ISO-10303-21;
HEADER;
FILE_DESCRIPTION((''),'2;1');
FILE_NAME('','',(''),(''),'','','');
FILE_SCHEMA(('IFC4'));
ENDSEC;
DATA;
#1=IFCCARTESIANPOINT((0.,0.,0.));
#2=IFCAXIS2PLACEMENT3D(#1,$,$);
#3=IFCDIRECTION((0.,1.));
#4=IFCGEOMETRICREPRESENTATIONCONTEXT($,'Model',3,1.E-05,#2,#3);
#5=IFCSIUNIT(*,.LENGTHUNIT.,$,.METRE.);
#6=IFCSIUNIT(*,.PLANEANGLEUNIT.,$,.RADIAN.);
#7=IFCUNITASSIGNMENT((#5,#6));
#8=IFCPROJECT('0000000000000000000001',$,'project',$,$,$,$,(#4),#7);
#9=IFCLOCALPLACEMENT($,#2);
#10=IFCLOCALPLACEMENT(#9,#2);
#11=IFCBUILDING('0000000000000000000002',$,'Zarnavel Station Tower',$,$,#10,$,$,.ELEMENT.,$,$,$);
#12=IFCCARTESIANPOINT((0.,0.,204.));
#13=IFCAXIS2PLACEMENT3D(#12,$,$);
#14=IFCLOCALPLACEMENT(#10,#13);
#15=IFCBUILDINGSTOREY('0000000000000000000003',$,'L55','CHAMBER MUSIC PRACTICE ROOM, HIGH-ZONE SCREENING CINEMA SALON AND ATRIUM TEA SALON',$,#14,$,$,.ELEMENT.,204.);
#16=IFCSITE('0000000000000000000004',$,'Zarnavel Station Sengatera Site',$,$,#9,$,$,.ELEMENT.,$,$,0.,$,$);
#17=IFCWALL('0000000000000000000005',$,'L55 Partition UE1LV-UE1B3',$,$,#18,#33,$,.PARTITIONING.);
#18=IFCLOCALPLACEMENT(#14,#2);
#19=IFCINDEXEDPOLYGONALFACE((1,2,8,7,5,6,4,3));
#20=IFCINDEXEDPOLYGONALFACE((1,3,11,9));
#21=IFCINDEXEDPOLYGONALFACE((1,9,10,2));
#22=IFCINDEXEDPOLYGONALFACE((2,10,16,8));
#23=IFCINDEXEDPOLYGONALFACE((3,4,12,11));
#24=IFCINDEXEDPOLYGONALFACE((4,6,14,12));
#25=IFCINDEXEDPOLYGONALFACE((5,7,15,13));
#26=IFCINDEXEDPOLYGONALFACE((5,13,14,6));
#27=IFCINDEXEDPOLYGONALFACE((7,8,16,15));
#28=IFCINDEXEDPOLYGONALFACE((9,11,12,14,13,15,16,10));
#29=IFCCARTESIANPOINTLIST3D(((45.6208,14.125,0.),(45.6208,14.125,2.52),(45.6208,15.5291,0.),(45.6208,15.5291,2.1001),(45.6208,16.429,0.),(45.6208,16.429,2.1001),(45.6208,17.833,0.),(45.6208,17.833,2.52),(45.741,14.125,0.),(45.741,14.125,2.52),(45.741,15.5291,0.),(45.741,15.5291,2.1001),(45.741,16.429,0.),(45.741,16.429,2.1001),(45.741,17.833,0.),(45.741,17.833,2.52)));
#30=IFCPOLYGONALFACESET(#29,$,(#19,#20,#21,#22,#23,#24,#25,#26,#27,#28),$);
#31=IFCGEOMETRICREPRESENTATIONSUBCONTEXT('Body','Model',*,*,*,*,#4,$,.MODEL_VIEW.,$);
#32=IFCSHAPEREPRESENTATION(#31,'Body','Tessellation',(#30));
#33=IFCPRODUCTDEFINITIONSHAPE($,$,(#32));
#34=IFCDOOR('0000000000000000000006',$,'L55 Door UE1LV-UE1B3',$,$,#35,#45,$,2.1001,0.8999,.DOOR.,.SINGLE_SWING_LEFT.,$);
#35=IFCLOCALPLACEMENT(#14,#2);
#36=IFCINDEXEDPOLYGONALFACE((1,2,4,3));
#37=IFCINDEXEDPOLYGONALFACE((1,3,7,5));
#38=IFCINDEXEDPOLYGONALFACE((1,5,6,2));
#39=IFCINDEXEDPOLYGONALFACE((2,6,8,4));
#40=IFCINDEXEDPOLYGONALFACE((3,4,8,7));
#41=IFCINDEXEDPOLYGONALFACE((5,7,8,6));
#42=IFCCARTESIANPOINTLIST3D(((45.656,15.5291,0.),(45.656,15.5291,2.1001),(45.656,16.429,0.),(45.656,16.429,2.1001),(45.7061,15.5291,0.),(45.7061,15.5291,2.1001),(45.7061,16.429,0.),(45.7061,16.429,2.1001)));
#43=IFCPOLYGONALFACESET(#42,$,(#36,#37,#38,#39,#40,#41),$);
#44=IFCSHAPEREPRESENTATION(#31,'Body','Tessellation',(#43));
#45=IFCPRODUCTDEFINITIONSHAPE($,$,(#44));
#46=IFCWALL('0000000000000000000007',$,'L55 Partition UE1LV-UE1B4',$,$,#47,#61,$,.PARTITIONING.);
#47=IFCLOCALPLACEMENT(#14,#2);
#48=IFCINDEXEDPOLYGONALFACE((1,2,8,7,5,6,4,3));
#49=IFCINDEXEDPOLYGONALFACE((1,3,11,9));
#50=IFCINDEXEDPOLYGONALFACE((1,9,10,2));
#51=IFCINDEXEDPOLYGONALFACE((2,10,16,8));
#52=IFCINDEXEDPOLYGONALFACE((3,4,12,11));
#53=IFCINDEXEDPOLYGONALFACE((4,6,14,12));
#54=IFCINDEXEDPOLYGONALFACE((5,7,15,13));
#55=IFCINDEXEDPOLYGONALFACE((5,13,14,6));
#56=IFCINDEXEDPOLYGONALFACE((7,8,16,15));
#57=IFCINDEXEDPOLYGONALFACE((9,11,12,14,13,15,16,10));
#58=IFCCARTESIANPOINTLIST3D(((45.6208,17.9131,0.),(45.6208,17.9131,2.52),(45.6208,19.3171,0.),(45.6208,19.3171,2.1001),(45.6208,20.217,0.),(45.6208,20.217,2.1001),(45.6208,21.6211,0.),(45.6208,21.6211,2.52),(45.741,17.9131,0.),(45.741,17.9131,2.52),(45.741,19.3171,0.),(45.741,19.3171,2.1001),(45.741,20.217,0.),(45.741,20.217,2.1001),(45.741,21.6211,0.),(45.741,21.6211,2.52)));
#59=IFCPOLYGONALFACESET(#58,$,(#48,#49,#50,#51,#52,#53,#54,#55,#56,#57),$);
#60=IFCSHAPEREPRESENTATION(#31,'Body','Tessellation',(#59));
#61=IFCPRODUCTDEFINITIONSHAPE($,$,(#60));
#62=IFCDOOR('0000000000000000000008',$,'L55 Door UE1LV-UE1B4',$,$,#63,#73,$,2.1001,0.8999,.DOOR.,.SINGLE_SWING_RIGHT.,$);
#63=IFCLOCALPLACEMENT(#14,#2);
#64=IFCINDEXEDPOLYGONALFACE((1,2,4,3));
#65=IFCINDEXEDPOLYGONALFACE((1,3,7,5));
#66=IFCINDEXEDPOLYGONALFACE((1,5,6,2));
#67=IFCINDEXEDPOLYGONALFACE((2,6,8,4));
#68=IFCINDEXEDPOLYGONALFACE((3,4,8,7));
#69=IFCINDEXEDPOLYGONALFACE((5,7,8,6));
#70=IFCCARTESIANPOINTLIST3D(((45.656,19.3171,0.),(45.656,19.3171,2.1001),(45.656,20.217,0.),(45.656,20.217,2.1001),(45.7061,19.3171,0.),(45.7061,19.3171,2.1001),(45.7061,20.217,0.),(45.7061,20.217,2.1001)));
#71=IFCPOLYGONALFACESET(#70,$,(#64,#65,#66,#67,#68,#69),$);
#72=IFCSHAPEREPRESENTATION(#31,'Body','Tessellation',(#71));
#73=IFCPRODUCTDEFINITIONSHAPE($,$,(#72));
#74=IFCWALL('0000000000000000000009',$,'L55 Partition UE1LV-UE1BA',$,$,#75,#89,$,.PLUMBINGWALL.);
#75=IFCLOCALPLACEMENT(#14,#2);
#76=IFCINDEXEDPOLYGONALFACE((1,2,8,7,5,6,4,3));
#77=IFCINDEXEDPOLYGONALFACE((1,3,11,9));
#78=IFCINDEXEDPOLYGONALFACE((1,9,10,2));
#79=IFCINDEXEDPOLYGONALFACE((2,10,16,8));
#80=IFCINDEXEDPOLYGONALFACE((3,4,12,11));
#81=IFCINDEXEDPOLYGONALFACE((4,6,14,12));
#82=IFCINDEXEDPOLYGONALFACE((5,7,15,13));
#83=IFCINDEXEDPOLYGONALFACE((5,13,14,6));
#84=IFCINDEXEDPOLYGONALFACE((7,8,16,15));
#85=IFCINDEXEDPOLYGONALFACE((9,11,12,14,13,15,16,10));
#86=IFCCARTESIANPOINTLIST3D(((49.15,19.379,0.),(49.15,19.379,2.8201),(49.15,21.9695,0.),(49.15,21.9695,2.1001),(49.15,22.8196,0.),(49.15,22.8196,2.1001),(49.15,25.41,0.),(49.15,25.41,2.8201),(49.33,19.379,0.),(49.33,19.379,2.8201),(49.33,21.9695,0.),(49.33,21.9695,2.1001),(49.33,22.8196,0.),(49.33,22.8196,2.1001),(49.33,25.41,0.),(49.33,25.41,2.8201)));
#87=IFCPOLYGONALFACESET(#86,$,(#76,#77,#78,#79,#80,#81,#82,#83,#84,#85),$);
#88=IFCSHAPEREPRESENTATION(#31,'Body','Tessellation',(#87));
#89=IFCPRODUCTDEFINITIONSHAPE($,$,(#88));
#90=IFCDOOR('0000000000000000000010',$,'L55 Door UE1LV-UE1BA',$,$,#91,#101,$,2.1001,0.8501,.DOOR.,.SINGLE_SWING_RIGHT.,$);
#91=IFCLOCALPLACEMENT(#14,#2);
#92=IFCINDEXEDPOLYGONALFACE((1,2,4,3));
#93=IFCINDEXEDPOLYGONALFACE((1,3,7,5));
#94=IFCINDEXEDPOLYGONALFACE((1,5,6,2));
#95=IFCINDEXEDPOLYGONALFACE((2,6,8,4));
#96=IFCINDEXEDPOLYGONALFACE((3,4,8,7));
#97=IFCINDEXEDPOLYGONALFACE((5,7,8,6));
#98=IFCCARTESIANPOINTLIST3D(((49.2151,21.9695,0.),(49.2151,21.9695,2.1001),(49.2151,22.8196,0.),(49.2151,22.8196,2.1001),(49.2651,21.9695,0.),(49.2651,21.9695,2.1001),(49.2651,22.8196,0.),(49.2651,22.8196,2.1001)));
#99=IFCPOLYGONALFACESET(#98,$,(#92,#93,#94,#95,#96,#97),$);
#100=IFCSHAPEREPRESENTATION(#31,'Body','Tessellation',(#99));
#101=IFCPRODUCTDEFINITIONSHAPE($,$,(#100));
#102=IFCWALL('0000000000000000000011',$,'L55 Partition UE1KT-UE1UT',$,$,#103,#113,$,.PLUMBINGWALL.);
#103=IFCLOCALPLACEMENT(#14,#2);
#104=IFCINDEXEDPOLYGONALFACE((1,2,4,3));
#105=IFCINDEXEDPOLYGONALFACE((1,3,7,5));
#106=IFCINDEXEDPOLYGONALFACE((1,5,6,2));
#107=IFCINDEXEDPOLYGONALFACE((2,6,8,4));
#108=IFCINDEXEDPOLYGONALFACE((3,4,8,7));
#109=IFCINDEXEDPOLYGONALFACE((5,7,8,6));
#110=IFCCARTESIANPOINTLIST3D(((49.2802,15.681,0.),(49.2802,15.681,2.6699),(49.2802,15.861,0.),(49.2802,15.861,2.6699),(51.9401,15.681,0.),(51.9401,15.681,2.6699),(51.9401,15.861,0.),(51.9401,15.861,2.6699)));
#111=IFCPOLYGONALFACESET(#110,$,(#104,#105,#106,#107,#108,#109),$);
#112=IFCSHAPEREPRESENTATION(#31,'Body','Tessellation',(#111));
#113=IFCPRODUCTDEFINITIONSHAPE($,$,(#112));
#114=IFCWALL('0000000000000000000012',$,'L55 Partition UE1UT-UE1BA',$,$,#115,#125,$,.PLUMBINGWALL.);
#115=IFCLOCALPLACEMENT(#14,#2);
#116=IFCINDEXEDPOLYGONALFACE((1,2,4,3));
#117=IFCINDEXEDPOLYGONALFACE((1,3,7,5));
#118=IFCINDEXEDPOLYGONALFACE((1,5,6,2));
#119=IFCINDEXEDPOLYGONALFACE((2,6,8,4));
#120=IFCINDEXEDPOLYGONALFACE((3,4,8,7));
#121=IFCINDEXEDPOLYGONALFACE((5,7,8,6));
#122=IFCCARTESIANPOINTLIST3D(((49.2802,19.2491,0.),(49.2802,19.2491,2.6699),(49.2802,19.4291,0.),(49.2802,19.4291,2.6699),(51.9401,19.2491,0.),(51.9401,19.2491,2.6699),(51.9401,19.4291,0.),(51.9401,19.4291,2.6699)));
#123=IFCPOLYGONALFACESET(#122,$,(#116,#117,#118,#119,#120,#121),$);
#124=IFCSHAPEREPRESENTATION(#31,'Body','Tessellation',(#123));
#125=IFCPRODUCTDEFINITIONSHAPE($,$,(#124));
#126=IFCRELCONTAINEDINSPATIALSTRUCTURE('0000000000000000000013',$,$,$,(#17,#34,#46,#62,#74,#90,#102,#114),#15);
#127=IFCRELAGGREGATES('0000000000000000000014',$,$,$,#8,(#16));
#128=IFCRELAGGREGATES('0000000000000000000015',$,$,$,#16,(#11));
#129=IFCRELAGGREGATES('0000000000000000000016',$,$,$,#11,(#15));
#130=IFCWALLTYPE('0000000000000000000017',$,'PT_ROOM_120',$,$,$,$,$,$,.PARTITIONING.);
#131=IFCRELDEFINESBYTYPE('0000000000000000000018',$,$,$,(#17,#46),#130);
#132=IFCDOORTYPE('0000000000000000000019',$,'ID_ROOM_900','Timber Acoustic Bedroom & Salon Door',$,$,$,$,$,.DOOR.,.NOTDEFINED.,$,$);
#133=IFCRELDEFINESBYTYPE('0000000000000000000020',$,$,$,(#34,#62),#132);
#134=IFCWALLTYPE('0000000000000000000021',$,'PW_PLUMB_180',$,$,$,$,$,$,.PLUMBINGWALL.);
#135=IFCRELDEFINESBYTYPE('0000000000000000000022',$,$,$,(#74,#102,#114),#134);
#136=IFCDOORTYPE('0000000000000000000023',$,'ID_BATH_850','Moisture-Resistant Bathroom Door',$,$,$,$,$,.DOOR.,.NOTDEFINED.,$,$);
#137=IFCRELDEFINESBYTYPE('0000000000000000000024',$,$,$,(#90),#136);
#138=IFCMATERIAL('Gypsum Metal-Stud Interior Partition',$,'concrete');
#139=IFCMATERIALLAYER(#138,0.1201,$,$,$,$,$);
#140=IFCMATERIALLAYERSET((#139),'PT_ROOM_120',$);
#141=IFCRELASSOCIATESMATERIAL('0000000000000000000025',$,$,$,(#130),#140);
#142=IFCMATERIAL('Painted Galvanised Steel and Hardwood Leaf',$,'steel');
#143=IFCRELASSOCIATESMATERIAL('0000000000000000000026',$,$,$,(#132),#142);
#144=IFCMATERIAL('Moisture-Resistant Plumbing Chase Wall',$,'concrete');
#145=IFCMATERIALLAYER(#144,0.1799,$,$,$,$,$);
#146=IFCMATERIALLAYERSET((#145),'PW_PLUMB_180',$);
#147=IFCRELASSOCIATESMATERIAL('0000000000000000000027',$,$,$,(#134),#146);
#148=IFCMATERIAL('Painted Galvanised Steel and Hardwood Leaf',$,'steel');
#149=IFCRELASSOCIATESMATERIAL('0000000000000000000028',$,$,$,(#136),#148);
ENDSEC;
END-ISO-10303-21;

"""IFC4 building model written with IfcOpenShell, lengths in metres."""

from ifc_helpers import new_model, si_unit, direction, frame, frame_2d, origin, place, context, subcontext, project, spatial, rectangle, extrude, material, layer, layer_set, type_object, element, fill, save


model = new_model("IFC4")

# Units and contexts
model_context = context("Model", 3, precision=1e-05, world=origin(), true_north=direction((0.0, 1.0)))
body_context = subcontext(model_context, "Body", "Model", "MODEL_VIEW")
ifc_project = project(units=[si_unit("LENGTHUNIT", "METRE"), si_unit("PLANEANGLEUNIT", "RADIAN")], contexts=[model_context])

# Site, building, storey
site_placement = place(None, origin())
site = spatial("IfcSite", under=ifc_project, at=site_placement, Name="Zarnavel Station Sengatera Site", CompositionType="ELEMENT", RefElevation=0.0)
building_placement = place(site_placement, origin())
building = spatial("IfcBuilding", under=site, at=building_placement, Name="Zarnavel Station Tower", CompositionType="ELEMENT")
storey_placement = place(building_placement, frame((0.0, 0.0, 204.0)))
storey = spatial("IfcBuildingStorey", under=building, at=storey_placement, Name="L55", Description="CHAMBER MUSIC PRACTICE ROOM, HIGH-ZONE SCREENING CINEMA SALON AND ATRIUM TEA SALON", CompositionType="ELEMENT", Elevation=204.0)

# Walls, openings, doors
ifc_material_1 = material(Name="Gypsum Metal-Stud Interior Partition", Category="concrete")
ifc_layer_1 = layer(ifc_material_1, 0.1201)
ifc_layer_set_1 = layer_set([ifc_layer_1], Name="PT_ROOM_120")
wall_type_1 = type_object("IfcWallType", Name="PT_ROOM_120", PredefinedType="PARTITIONING", material=ifc_layer_set_1)
ifc_material_2 = material(Name="Painted Galvanised Steel and Hardwood Leaf", Category="steel")
door_type_1 = type_object("IfcDoorType", Name="ID_ROOM_900", Description="Timber Acoustic Bedroom & Salon Door", OperationType="NOTDEFINED", PredefinedType="DOOR", material=ifc_material_2)
wall_1_placement = place(storey_placement, frame((45.6809, 14.125, 0.0), z_axis=(0.0, 0.0, 1.0), x_axis=(0.0, 1.0, 0.0)))
wall_1 = element("IfcWall", 1, at=wall_1_placement, inside=storey, type_object=wall_type_1, Name="L55 Partition UE1LV-UE1B3", PredefinedType="PARTITIONING", context=body_context, shape_type="SweptSolid", body=[
    extrude(rectangle(XDim=3.708, YDim=0.1201, at=frame_2d((1.854, 0.0))), origin(), (0.0, 0.0, 1.0), 2.52),
])
opening_1_placement = place(wall_1_placement, frame((1.4041, 0.0, 0.0)))
opening_1 = element("IfcOpeningElement", 2, at=opening_1_placement, cuts=wall_1, PredefinedType="OPENING", context=body_context, shape_type="SweptSolid", body=[
    extrude(rectangle(XDim=0.8999, YDim=2.1001, at=frame_2d((0.45, 1.05))), frame((0.0, 0.0701, 0.0), z_axis=(0.0, -1.0, 0.0), x_axis=(1.0, 0.0, 0.0)), (0.0, 0.0, 1.0), 0.1401),
])
door_1_placement = place(opening_1_placement, origin())
door_1 = element("IfcDoor", 3, at=door_1_placement, inside=storey, type_object=door_type_1, Name="L55 Door UE1LV-UE1B3", OperationType="SINGLE_SWING_LEFT", OverallHeight=2.1001, OverallWidth=0.8999, PredefinedType="DOOR", context=body_context, shape_type="SweptSolid", body=[
    extrude(rectangle(XDim=0.8999, YDim=2.1001, at=frame_2d((0.45, 1.05))), frame((0.0, 0.0249, 0.0), z_axis=(0.0, -1.0, 0.0), x_axis=(1.0, 0.0, 0.0)), (0.0, 0.0, 1.0), 0.05),
])
fill(opening_1, door_1)
wall_2_placement = place(storey_placement, frame((45.6809, 17.9131, 0.0), z_axis=(0.0, 0.0, 1.0), x_axis=(0.0, 1.0, 0.0)))
wall_2 = element("IfcWall", 4, at=wall_2_placement, inside=storey, type_object=wall_type_1, Name="L55 Partition UE1LV-UE1B4", PredefinedType="PARTITIONING", context=body_context, shape_type="SweptSolid", body=[
    extrude(rectangle(XDim=3.708, YDim=0.1201, at=frame_2d((1.854, 0.0))), origin(), (0.0, 0.0, 1.0), 2.52),
])
opening_2_placement = place(wall_2_placement, frame((1.4041, 0.0, 0.0)))
opening_2 = element("IfcOpeningElement", 5, at=opening_2_placement, cuts=wall_2, PredefinedType="OPENING", context=body_context, shape_type="SweptSolid", body=[
    extrude(rectangle(XDim=0.8999, YDim=2.1001, at=frame_2d((0.45, 1.05))), frame((0.0, 0.0701, 0.0), z_axis=(0.0, -1.0, 0.0), x_axis=(1.0, 0.0, 0.0)), (0.0, 0.0, 1.0), 0.1401),
])
door_2_placement = place(opening_2_placement, origin())
door_2 = element("IfcDoor", 6, at=door_2_placement, inside=storey, type_object=door_type_1, Name="L55 Door UE1LV-UE1B4", OperationType="SINGLE_SWING_RIGHT", OverallHeight=2.1001, OverallWidth=0.8999, PredefinedType="DOOR", context=body_context, shape_type="SweptSolid", body=[
    extrude(rectangle(XDim=0.8999, YDim=2.1001, at=frame_2d((0.45, 1.05))), frame((0.0, 0.0249, 0.0), z_axis=(0.0, -1.0, 0.0), x_axis=(1.0, 0.0, 0.0)), (0.0, 0.0, 1.0), 0.05),
])
fill(opening_2, door_2)
ifc_material_3 = material(Name="Moisture-Resistant Plumbing Chase Wall", Category="concrete")
ifc_layer_2 = layer(ifc_material_3, 0.1799)
ifc_layer_set_2 = layer_set([ifc_layer_2], Name="PW_PLUMB_180")
wall_type_2 = type_object("IfcWallType", Name="PW_PLUMB_180", PredefinedType="PLUMBINGWALL", material=ifc_layer_set_2)
wall_3_placement = place(storey_placement, frame((49.24, 19.3789, 0.0), z_axis=(0.0, 0.0, 1.0), x_axis=(0.0, 1.0, 0.0)))
wall_3 = element("IfcWall", 7, at=wall_3_placement, inside=storey, type_object=wall_type_2, Name="L55 Partition UE1LV-UE1BA", PredefinedType="PLUMBINGWALL", context=body_context, shape_type="SweptSolid", body=[
    extrude(rectangle(XDim=6.031, YDim=0.1799, at=frame_2d((3.0156, 0.0))), origin(), (0.0, 0.0, 1.0), 2.8201),
])
opening_3_placement = place(wall_3_placement, frame((2.5906, 0.0, 0.0)))
opening_3 = element("IfcOpeningElement", 8, at=opening_3_placement, cuts=wall_3, PredefinedType="OPENING", context=body_context, shape_type="SweptSolid", body=[
    extrude(rectangle(XDim=0.8501, YDim=2.1001, at=frame_2d((0.425, 1.05))), frame((0.0, 0.0999, 0.0), z_axis=(0.0, -1.0, 0.0), x_axis=(1.0, 0.0, 0.0)), (0.0, 0.0, 1.0), 0.2),
])
ifc_material_4 = material(Name="Painted Galvanised Steel and Hardwood Leaf", Category="steel")
door_type_2 = type_object("IfcDoorType", Name="ID_BATH_850", Description="Moisture-Resistant Bathroom Door", OperationType="NOTDEFINED", PredefinedType="DOOR", material=ifc_material_4)
door_3_placement = place(opening_3_placement, origin())
door_3 = element("IfcDoor", 9, at=door_3_placement, inside=storey, type_object=door_type_2, Name="L55 Door UE1LV-UE1BA", OperationType="SINGLE_SWING_RIGHT", OverallHeight=2.1001, OverallWidth=0.8501, PredefinedType="DOOR", context=body_context, shape_type="SweptSolid", body=[
    extrude(rectangle(XDim=0.8501, YDim=2.1001, at=frame_2d((0.425, 1.05))), frame((0.0, 0.0249, 0.0), z_axis=(0.0, -1.0, 0.0), x_axis=(1.0, 0.0, 0.0)), (0.0, 0.0, 1.0), 0.05),
])
fill(opening_3, door_3)

# Walls
for number, where, z_axis, x_axis, name in (
    (10, (49.28, 15.771, 0.0), (0.0, 0.0, 1.0), (1.0, 0.0, 0.0), "L55 Partition UE1KT-UE1UT"),
    (11, (49.28, 19.3391, 0.0), (0.0, 0.0, 1.0), (1.0, 0.0, 0.0), "L55 Partition UE1UT-UE1BA"),
):
    element("IfcWall", number, at=place(storey_placement, frame(where, z_axis=z_axis, x_axis=x_axis)), inside=storey, type_object=wall_type_2, Name=name, PredefinedType="PLUMBINGWALL", context=body_context, shape_type="SweptSolid", body=[
        extrude(rectangle(XDim=2.6599, YDim=0.1799, at=frame_2d((1.3301, 0.0))), origin(), (0.0, 0.0, 1.0), 2.6699),
    ])

save(model, "model.ifc")
